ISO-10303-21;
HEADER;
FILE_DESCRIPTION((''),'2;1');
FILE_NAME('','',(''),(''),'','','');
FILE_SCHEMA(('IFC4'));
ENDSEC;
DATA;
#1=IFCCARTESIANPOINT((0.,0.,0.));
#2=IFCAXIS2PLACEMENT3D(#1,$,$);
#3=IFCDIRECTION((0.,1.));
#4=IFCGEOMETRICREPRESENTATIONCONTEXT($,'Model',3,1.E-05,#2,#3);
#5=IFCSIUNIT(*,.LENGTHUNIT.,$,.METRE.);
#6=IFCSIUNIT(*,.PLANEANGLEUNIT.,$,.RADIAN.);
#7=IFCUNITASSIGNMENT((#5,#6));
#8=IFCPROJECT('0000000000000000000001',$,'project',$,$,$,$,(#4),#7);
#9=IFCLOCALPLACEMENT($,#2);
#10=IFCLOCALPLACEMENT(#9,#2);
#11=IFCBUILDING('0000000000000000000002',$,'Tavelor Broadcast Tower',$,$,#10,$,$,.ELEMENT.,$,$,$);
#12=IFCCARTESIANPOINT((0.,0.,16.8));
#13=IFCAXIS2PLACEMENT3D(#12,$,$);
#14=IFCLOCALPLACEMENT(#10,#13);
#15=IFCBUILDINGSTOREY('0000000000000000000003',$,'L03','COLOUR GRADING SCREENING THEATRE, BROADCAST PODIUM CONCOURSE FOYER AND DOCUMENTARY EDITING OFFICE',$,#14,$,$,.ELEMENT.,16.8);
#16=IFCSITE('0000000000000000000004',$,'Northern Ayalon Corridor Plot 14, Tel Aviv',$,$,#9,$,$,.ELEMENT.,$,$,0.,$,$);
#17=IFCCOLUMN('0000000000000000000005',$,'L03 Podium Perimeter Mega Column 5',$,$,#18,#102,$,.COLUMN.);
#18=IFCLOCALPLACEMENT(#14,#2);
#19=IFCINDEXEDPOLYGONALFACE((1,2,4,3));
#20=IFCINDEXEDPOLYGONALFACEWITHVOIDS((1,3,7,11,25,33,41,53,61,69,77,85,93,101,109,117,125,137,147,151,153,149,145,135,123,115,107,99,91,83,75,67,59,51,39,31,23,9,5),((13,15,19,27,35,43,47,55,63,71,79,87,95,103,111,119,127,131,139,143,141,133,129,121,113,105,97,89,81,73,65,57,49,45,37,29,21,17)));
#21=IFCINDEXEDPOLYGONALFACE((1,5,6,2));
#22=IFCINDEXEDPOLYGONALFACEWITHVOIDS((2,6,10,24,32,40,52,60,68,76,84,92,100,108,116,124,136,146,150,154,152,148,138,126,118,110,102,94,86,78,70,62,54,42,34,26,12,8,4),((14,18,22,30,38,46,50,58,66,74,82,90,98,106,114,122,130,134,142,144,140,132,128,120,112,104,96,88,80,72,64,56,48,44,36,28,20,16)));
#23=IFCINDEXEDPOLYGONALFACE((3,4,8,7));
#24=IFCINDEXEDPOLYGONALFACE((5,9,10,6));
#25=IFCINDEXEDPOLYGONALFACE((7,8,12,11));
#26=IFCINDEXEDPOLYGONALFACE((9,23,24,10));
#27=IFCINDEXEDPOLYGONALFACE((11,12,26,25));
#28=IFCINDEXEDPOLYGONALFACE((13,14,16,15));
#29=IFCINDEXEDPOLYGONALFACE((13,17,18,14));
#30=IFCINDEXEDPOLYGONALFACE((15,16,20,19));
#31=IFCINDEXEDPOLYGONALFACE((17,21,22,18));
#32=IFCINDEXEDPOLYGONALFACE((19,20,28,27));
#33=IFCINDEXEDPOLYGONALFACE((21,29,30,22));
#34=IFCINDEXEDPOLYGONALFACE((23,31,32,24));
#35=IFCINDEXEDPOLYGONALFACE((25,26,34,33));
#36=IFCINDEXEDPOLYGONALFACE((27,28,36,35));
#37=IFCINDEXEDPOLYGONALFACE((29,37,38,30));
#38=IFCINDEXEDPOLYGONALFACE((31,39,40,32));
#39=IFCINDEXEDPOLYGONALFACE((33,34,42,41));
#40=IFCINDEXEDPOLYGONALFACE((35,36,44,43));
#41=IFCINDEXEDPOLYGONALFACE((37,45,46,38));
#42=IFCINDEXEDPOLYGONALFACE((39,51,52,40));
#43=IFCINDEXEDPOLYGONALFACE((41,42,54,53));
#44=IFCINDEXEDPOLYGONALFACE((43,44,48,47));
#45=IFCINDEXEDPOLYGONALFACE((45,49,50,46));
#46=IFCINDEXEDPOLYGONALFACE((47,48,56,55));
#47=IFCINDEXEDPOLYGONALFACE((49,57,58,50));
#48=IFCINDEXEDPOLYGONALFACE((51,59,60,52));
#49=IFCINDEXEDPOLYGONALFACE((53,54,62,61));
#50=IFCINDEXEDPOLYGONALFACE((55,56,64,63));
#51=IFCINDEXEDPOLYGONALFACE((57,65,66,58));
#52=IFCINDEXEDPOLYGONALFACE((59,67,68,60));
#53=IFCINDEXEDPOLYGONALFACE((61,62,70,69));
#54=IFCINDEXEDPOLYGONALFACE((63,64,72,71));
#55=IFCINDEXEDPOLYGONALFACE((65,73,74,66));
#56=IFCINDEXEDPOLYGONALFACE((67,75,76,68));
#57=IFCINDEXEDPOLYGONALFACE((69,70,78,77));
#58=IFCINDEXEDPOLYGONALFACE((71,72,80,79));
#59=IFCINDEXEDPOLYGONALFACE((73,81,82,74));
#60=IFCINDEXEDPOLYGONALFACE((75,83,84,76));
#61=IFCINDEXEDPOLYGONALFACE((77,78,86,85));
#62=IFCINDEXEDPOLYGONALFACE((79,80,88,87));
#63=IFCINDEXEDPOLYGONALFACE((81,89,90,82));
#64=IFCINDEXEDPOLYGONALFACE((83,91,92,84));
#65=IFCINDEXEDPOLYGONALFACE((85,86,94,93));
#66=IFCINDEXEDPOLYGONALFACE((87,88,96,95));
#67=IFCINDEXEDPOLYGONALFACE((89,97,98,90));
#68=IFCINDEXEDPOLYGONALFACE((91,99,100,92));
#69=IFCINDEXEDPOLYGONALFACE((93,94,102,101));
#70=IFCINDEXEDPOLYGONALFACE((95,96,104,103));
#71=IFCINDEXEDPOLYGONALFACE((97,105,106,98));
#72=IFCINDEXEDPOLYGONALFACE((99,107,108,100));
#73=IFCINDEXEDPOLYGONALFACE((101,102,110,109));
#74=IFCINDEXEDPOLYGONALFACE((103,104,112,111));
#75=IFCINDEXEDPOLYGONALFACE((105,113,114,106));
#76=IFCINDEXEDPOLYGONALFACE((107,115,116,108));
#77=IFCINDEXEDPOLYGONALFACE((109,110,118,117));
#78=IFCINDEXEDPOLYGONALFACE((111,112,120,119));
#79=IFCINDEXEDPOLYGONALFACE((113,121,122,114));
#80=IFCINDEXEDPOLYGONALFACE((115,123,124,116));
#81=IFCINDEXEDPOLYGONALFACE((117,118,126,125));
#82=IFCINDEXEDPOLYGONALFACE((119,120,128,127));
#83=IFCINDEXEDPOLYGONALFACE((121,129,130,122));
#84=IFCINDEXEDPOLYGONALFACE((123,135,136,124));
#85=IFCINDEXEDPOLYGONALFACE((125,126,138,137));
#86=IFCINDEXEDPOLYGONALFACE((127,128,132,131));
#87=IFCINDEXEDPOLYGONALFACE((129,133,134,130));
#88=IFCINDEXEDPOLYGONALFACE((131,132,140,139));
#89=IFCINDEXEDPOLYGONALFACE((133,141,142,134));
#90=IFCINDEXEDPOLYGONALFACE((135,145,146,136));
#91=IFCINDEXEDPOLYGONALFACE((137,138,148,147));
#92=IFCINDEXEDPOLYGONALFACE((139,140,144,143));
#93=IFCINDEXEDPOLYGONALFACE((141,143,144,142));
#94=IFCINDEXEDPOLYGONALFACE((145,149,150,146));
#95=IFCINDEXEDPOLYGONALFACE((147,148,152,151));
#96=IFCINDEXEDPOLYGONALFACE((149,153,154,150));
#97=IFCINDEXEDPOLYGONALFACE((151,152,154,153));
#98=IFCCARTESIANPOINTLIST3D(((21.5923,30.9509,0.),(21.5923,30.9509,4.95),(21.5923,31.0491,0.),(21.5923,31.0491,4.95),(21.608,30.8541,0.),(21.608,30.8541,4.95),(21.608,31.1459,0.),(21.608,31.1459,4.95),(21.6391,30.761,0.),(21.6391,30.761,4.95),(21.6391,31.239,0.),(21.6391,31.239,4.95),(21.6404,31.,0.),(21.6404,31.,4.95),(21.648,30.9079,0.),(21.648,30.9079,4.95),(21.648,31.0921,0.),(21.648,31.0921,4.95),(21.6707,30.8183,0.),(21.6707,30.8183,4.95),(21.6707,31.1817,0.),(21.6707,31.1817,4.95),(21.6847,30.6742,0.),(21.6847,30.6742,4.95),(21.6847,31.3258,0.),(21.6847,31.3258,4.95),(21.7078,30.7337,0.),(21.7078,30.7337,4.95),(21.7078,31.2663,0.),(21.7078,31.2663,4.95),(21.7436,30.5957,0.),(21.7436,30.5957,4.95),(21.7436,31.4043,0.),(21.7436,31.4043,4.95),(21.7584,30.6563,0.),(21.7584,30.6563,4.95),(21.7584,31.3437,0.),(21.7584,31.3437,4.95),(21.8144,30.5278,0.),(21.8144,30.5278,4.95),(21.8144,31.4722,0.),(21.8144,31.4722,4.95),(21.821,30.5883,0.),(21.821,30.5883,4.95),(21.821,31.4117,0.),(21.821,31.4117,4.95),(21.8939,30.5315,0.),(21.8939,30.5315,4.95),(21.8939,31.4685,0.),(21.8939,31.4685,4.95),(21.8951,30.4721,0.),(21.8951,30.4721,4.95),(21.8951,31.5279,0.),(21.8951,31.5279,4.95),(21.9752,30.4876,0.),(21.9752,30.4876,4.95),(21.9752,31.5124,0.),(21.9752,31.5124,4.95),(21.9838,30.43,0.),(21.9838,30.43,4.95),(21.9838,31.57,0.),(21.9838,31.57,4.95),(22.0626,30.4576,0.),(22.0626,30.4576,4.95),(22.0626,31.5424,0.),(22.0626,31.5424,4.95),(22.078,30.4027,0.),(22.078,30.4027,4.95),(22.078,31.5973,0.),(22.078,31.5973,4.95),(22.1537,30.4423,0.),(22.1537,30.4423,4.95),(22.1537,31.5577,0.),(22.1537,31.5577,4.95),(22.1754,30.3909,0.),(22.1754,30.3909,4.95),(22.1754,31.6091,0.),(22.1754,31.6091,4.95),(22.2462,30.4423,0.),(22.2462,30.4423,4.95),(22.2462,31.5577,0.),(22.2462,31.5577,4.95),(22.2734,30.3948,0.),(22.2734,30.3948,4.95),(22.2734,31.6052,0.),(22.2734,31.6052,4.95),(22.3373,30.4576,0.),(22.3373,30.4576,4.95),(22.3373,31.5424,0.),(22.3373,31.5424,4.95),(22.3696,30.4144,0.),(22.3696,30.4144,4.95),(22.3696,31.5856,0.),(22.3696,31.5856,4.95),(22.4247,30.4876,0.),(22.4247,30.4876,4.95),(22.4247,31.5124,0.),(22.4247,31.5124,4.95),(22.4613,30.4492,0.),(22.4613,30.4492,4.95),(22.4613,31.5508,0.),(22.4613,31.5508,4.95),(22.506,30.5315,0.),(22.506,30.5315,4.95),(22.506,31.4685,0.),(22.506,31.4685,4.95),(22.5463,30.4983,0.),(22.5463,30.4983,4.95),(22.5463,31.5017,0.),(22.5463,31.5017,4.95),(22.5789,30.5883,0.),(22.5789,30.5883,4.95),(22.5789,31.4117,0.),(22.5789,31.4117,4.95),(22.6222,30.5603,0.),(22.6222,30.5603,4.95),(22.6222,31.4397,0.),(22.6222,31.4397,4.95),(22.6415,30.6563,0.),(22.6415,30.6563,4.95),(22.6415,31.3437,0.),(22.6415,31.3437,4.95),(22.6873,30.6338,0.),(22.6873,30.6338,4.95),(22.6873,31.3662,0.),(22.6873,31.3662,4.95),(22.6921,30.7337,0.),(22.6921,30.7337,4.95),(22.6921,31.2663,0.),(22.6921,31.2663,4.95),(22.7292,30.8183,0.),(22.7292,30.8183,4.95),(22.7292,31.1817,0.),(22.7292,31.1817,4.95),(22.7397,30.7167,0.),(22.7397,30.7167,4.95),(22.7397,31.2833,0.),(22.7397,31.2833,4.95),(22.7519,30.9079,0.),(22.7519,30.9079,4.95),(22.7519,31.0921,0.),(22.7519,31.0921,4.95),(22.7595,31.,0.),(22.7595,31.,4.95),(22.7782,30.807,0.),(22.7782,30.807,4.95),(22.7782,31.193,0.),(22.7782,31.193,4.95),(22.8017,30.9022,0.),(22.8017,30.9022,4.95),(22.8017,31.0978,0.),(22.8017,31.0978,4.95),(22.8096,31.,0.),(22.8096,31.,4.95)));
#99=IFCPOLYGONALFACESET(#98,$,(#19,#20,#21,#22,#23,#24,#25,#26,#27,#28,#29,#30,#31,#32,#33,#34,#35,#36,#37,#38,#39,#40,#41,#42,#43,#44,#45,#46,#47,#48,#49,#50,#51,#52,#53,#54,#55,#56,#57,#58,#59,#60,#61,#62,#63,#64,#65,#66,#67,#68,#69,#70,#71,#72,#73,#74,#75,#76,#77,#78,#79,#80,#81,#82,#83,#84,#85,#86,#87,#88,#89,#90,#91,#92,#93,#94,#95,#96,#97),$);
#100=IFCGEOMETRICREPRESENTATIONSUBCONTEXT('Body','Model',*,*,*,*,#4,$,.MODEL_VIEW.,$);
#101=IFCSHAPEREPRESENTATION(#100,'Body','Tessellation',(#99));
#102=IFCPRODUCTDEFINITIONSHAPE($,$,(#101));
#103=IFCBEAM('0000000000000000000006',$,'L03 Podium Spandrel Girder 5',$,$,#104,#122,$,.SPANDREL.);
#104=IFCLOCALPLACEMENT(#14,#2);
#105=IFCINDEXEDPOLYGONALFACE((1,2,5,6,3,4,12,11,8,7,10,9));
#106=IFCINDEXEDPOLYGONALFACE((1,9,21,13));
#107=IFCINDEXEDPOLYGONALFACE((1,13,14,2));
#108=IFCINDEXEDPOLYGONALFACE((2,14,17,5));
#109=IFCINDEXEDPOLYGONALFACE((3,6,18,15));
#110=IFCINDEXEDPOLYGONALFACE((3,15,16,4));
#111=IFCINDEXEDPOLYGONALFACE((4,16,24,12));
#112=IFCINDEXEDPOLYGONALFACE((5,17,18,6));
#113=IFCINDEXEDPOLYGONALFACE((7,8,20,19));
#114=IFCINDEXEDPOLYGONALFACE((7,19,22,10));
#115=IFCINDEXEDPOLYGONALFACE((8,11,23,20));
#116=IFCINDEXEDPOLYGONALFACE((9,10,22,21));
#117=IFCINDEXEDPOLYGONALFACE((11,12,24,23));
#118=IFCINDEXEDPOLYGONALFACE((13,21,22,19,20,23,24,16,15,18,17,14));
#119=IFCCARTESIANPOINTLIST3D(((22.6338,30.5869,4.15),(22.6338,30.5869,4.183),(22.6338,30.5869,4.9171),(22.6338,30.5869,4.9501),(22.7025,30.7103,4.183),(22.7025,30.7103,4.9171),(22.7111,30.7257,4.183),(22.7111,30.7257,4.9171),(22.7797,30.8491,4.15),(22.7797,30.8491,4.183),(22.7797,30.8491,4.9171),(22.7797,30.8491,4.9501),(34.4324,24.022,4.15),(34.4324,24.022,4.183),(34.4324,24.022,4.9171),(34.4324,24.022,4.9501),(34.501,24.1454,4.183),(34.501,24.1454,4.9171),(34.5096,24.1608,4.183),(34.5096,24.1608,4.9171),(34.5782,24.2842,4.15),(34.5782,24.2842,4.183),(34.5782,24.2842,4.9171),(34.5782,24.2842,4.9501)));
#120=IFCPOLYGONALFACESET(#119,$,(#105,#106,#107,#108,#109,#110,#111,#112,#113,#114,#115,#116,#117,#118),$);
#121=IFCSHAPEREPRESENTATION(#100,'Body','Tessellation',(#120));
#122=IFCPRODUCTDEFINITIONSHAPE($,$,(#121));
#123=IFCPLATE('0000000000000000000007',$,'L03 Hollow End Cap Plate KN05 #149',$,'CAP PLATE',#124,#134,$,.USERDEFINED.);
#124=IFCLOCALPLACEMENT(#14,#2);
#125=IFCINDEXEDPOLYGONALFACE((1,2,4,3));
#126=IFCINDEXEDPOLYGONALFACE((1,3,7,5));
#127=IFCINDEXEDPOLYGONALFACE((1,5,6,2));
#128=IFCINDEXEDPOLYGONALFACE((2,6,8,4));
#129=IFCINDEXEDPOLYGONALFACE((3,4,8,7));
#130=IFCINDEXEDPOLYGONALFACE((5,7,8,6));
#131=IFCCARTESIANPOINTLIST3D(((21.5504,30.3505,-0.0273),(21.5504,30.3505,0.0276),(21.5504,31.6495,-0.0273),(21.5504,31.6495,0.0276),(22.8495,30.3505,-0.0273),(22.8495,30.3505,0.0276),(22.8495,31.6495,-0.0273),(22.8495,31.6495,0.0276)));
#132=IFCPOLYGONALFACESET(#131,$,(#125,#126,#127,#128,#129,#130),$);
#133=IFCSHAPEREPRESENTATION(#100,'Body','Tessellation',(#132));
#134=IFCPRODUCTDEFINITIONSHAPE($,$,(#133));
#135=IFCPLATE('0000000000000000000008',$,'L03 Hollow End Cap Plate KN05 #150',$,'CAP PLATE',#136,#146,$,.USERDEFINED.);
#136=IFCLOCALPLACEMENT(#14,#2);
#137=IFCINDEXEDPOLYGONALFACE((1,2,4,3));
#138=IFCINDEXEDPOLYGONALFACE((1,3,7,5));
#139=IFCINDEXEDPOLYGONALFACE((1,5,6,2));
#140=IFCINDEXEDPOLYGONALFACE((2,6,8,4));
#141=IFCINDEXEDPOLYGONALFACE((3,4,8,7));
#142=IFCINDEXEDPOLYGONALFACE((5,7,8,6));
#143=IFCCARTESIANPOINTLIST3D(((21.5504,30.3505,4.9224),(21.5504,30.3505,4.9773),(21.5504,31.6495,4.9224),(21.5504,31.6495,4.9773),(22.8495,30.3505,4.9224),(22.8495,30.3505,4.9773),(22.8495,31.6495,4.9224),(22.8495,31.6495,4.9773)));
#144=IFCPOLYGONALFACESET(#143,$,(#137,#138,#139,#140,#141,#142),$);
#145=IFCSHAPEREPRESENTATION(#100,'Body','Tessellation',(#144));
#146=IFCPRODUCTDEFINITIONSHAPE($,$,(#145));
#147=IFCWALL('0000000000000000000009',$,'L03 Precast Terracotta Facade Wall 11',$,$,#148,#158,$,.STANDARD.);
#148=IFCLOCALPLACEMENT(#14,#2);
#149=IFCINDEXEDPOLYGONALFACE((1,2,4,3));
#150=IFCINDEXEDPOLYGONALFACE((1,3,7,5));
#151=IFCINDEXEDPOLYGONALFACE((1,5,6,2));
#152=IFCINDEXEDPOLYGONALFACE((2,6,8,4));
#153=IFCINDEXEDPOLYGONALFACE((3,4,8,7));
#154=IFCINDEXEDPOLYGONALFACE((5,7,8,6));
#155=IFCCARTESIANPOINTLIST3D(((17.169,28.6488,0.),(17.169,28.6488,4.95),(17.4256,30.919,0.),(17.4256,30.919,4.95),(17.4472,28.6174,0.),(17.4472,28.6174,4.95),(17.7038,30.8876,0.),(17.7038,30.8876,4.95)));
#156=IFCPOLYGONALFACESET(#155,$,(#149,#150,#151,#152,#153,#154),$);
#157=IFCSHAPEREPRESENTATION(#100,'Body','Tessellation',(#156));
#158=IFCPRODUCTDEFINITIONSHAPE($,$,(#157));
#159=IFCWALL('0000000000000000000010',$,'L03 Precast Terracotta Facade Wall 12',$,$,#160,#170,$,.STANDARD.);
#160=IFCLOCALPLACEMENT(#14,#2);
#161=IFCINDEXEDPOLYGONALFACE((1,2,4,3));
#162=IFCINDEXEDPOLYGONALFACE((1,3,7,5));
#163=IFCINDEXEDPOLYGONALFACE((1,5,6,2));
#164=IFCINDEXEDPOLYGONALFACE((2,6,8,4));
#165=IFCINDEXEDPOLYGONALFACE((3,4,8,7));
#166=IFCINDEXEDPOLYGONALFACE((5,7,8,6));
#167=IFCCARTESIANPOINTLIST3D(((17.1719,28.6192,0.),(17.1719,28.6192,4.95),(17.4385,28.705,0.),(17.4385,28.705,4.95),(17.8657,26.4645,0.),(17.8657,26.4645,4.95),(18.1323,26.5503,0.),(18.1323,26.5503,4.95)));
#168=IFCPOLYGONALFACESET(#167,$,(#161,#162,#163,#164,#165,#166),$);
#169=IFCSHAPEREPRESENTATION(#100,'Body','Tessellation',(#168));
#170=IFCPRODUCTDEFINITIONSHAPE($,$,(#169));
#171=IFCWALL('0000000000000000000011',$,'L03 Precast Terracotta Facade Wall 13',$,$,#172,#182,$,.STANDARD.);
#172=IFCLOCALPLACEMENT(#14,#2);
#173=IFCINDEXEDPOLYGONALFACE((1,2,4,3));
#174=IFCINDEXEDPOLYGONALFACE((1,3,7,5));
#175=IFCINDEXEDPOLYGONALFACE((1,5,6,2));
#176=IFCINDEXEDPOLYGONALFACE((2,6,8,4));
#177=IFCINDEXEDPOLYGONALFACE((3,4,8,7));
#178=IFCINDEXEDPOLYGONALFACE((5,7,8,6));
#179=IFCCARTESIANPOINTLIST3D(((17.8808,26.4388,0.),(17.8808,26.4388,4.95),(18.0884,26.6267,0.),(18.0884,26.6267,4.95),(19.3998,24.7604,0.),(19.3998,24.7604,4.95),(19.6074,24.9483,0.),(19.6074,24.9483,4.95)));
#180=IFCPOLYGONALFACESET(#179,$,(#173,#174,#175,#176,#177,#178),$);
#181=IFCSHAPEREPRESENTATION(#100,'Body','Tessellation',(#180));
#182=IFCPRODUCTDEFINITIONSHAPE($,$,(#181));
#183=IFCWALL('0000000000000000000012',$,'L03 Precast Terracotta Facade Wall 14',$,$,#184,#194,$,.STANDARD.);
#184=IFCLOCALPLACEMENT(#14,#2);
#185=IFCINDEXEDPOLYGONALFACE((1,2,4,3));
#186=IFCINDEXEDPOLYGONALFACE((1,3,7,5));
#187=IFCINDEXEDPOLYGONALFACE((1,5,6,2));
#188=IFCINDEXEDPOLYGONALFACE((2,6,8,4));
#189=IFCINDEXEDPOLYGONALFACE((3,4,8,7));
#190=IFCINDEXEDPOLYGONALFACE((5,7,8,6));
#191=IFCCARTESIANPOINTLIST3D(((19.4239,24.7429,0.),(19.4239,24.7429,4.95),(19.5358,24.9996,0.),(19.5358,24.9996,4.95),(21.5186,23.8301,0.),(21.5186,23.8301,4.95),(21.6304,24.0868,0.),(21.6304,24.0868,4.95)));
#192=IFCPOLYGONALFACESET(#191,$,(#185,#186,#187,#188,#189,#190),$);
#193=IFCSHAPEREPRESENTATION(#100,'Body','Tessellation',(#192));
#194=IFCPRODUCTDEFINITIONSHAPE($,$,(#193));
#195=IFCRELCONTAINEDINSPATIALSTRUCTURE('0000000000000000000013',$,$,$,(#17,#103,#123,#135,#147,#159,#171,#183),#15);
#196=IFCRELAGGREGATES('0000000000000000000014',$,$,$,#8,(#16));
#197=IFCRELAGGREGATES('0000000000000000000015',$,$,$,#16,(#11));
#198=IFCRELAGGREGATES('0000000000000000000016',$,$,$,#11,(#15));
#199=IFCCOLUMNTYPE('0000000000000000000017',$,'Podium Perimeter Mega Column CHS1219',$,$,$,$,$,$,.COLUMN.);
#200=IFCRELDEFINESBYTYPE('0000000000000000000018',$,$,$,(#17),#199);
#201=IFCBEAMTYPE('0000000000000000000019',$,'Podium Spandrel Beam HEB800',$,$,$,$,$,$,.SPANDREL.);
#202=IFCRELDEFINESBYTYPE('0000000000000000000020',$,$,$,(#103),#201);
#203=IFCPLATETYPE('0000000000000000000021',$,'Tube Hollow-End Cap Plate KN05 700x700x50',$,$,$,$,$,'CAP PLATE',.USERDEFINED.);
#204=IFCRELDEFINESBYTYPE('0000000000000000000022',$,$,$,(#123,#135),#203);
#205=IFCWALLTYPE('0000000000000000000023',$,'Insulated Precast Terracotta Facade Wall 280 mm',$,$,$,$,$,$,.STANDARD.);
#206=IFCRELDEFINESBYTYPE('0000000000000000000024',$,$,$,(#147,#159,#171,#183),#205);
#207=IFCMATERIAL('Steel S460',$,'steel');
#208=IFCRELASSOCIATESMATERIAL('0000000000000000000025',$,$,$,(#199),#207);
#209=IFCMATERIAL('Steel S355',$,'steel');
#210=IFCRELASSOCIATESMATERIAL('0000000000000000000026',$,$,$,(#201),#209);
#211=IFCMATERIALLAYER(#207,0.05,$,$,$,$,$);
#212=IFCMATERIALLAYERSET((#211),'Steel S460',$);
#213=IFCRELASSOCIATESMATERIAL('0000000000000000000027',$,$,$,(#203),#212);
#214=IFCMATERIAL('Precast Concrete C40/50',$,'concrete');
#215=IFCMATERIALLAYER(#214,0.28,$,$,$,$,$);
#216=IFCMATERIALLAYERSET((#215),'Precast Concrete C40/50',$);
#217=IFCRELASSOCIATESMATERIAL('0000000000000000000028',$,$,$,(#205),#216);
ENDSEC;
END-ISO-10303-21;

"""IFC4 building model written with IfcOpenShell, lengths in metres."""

from ifc_helpers import new_model, si_unit, direction, frame, frame_2d, origin, origin_2d, place, context, subcontext, project, spatial, rectangle, hollow_circle, i_section, extrude, source, transform, mapped, material, layer, layer_set, material_profile, profile_set, type_object, type_shapes, element, save


model = new_model("IFC4")

# Units and contexts
model_context = context("Model", 3, precision=1e-05, world=origin(), true_north=direction((0.0, 1.0)))
body_context = subcontext(model_context, "Body", "Model", "MODEL_VIEW")
ifc_project = project(units=[si_unit("LENGTHUNIT", "METRE"), si_unit("PLANEANGLEUNIT", "RADIAN")], contexts=[model_context])

# Site, building, storey
site_placement = place(None, origin())
site = spatial("IfcSite", under=ifc_project, at=site_placement, Name="Northern Ayalon Corridor Plot 14, Tel Aviv", CompositionType="ELEMENT", RefElevation=0.0)
building_placement = place(site_placement, origin())
building = spatial("IfcBuilding", under=site, at=building_placement, Name="Tavelor Broadcast Tower", CompositionType="ELEMENT")
storey_placement = place(building_placement, frame((0.0, 0.0, 16.8)))
storey = spatial("IfcBuildingStorey", under=building, at=storey_placement, Name="L03", Description="COLOUR GRADING SCREENING THEATRE, BROADCAST PODIUM CONCOURSE FOYER AND DOCUMENTARY EDITING OFFICE", CompositionType="ELEMENT", Elevation=16.8)

# Column
ifc_material_1 = material(Name="Steel S460", Category="steel")
ifc_material_profile_1 = material_profile(ifc_material_1, hollow_circle(Radius=0.6096, WallThickness=0.05, at=origin_2d()), Name="CHS 1219x50")
ifc_profile_set_1 = profile_set([ifc_material_profile_1], Name="Steel S460")
column_type = type_object("IfcColumnType", Name="Podium Perimeter Mega Column CHS1219", PredefinedType="COLUMN", material=ifc_profile_set_1)
column_placement = place(storey_placement, frame((22.2, 31.0, 0.0), z_axis=(0.0, 0.0, 1.0), x_axis=(1.0, 0.0, 0.0)))
element("IfcColumn", 1, at=column_placement, inside=storey, type_object=column_type, Name="L03 Podium Perimeter Mega Column 5", PredefinedType="COLUMN", context=body_context, shape_type="SweptSolid", body=[
    extrude(hollow_circle(Radius=0.6096, WallThickness=0.05, at=origin_2d()), origin(), (0.0, 0.0, 1.0), 4.95),
])

# Beam
ifc_material_2 = material(Name="Steel S355", Category="steel")
ifc_material_profile_2 = material_profile(ifc_material_2, i_section(OverallWidth=0.3, OverallDepth=0.8, WebThickness=0.0176, FlangeThickness=0.033, at=origin_2d()), Name="HEB 800")
ifc_profile_set_2 = profile_set([ifc_material_profile_2], Name="Steel S355")
beam_type = type_object("IfcBeamType", Name="Podium Spandrel Beam HEB800", PredefinedType="SPANDREL", material=ifc_profile_set_2)
beam_placement = place(storey_placement, frame((22.7068, 30.718, 4.55), z_axis=(0.873837, -0.486219, 0.0), x_axis=(0.486219, 0.873837, 0.0)))
element("IfcBeam", 2, at=beam_placement, inside=storey, type_object=beam_type, Name="L03 Podium Spandrel Girder 5", PredefinedType="SPANDREL", context=body_context, shape_type="SweptSolid", body=[
    extrude(i_section(OverallWidth=0.3, OverallDepth=0.8, WebThickness=0.0176, FlangeThickness=0.033, at=origin_2d()), origin(), (0.0, 0.0, 1.0), 13.502),
])

# Plates
ifc_layer_1 = layer(ifc_material_1, 0.05)
ifc_layer_set_1 = layer_set([ifc_layer_1], Name="Steel S460")
plate_type = type_object("IfcPlateType", Name="Tube Hollow-End Cap Plate KN05 700x700x50", ElementType="CAP PLATE", PredefinedType="USERDEFINED", material=ifc_layer_set_1)
shared_shape = source(origin(), body_context, "Body", "SweptSolid", [
    extrude(rectangle(XDim=1.2991, YDim=1.2991, at=origin_2d()), origin(), (0.0, 0.0, 1.0), 0.0549),
])
type_shapes(plate_type, [shared_shape])
for number, where, z_axis, x_axis, name in (
    (3, (22.2, 31.0, -0.0273), (0.0, 0.0, 1.0), (1.0, 0.0, 0.0), "L03 Hollow End Cap Plate KN05 #149"),
    (4, (22.2, 31.0, 4.9224), (0.0, 0.0, 1.0), (1.0, 0.0, 0.0), "L03 Hollow End Cap Plate KN05 #150"),
):
    element("IfcPlate", number, at=place(storey_placement, frame(where, z_axis=z_axis, x_axis=x_axis)), inside=storey, type_object=plate_type, Name=name, ObjectType="CAP PLATE", PredefinedType="USERDEFINED", context=body_context, shape_type="MappedRepresentation", body=[
        mapped(shared_shape, transform((0.0, 0.0, 0.0), scale=1.0)),
    ])

# Walls
ifc_material_3 = material(Name="Precast Concrete C40/50", Category="concrete")
ifc_layer_2 = layer(ifc_material_3, 0.28)
ifc_layer_set_2 = layer_set([ifc_layer_2], Name="Precast Concrete C40/50")
wall_type = type_object("IfcWallType", Name="Insulated Precast Terracotta Facade Wall 280 mm", PredefinedType="STANDARD", material=ifc_layer_set_2)
wall_1_placement = place(storey_placement, frame((17.5647, 30.9033, 0.0), z_axis=(0.0, 0.0, 1.0), x_axis=(-0.112308, -0.993673, 0.0)))
element("IfcWall", 5, at=wall_1_placement, inside=storey, type_object=wall_type, Name="L03 Precast Terracotta Facade Wall 11", PredefinedType="STANDARD", context=body_context, shape_type="SweptSolid", body=[
    extrude(rectangle(XDim=2.2847, YDim=0.28, at=frame_2d((1.1423, 0.0))), origin(), (0.0, 0.0, 1.0), 4.95),
])
for number, where, z_axis, x_axis, name in (
    (6, (17.3052, 28.6621, 0.0), (0.0, 0.0, 1.0), (0.306505, -0.951869, 0.0), "L03 Precast Terracotta Facade Wall 12"),
    (7, (17.9846, 26.5327, 0.0), (0.0, 0.0, 1.0), (0.671018, -0.741441, 0.0), "L03 Precast Terracotta Facade Wall 13"),
):
    element("IfcWall", number, at=place(storey_placement, frame(where, z_axis=z_axis, x_axis=x_axis)), inside=storey, type_object=wall_type, Name=name, PredefinedType="STANDARD", context=body_context, shape_type="SweptSolid", body=[
        extrude(rectangle(XDim=2.2637, YDim=0.28, at=frame_2d((1.1318, 0.0))), origin(), (0.0, 0.0, 1.0), 4.95),
    ])
wall_2_placement = place(storey_placement, frame((19.4797, 24.8713, 0.0), z_axis=(0.0, 0.0, 1.0), x_axis=(0.916735, -0.399496, 0.0)))
element("IfcWall", 8, at=wall_2_placement, inside=storey, type_object=wall_type, Name="L03 Precast Terracotta Facade Wall 14", PredefinedType="STANDARD", context=body_context, shape_type="SweptSolid", body=[
    extrude(rectangle(XDim=2.2849, YDim=0.28, at=frame_2d((1.1426, 0.0))), origin(), (0.0, 0.0, 1.0), 4.95),
])

save(model, "model.ifc")
